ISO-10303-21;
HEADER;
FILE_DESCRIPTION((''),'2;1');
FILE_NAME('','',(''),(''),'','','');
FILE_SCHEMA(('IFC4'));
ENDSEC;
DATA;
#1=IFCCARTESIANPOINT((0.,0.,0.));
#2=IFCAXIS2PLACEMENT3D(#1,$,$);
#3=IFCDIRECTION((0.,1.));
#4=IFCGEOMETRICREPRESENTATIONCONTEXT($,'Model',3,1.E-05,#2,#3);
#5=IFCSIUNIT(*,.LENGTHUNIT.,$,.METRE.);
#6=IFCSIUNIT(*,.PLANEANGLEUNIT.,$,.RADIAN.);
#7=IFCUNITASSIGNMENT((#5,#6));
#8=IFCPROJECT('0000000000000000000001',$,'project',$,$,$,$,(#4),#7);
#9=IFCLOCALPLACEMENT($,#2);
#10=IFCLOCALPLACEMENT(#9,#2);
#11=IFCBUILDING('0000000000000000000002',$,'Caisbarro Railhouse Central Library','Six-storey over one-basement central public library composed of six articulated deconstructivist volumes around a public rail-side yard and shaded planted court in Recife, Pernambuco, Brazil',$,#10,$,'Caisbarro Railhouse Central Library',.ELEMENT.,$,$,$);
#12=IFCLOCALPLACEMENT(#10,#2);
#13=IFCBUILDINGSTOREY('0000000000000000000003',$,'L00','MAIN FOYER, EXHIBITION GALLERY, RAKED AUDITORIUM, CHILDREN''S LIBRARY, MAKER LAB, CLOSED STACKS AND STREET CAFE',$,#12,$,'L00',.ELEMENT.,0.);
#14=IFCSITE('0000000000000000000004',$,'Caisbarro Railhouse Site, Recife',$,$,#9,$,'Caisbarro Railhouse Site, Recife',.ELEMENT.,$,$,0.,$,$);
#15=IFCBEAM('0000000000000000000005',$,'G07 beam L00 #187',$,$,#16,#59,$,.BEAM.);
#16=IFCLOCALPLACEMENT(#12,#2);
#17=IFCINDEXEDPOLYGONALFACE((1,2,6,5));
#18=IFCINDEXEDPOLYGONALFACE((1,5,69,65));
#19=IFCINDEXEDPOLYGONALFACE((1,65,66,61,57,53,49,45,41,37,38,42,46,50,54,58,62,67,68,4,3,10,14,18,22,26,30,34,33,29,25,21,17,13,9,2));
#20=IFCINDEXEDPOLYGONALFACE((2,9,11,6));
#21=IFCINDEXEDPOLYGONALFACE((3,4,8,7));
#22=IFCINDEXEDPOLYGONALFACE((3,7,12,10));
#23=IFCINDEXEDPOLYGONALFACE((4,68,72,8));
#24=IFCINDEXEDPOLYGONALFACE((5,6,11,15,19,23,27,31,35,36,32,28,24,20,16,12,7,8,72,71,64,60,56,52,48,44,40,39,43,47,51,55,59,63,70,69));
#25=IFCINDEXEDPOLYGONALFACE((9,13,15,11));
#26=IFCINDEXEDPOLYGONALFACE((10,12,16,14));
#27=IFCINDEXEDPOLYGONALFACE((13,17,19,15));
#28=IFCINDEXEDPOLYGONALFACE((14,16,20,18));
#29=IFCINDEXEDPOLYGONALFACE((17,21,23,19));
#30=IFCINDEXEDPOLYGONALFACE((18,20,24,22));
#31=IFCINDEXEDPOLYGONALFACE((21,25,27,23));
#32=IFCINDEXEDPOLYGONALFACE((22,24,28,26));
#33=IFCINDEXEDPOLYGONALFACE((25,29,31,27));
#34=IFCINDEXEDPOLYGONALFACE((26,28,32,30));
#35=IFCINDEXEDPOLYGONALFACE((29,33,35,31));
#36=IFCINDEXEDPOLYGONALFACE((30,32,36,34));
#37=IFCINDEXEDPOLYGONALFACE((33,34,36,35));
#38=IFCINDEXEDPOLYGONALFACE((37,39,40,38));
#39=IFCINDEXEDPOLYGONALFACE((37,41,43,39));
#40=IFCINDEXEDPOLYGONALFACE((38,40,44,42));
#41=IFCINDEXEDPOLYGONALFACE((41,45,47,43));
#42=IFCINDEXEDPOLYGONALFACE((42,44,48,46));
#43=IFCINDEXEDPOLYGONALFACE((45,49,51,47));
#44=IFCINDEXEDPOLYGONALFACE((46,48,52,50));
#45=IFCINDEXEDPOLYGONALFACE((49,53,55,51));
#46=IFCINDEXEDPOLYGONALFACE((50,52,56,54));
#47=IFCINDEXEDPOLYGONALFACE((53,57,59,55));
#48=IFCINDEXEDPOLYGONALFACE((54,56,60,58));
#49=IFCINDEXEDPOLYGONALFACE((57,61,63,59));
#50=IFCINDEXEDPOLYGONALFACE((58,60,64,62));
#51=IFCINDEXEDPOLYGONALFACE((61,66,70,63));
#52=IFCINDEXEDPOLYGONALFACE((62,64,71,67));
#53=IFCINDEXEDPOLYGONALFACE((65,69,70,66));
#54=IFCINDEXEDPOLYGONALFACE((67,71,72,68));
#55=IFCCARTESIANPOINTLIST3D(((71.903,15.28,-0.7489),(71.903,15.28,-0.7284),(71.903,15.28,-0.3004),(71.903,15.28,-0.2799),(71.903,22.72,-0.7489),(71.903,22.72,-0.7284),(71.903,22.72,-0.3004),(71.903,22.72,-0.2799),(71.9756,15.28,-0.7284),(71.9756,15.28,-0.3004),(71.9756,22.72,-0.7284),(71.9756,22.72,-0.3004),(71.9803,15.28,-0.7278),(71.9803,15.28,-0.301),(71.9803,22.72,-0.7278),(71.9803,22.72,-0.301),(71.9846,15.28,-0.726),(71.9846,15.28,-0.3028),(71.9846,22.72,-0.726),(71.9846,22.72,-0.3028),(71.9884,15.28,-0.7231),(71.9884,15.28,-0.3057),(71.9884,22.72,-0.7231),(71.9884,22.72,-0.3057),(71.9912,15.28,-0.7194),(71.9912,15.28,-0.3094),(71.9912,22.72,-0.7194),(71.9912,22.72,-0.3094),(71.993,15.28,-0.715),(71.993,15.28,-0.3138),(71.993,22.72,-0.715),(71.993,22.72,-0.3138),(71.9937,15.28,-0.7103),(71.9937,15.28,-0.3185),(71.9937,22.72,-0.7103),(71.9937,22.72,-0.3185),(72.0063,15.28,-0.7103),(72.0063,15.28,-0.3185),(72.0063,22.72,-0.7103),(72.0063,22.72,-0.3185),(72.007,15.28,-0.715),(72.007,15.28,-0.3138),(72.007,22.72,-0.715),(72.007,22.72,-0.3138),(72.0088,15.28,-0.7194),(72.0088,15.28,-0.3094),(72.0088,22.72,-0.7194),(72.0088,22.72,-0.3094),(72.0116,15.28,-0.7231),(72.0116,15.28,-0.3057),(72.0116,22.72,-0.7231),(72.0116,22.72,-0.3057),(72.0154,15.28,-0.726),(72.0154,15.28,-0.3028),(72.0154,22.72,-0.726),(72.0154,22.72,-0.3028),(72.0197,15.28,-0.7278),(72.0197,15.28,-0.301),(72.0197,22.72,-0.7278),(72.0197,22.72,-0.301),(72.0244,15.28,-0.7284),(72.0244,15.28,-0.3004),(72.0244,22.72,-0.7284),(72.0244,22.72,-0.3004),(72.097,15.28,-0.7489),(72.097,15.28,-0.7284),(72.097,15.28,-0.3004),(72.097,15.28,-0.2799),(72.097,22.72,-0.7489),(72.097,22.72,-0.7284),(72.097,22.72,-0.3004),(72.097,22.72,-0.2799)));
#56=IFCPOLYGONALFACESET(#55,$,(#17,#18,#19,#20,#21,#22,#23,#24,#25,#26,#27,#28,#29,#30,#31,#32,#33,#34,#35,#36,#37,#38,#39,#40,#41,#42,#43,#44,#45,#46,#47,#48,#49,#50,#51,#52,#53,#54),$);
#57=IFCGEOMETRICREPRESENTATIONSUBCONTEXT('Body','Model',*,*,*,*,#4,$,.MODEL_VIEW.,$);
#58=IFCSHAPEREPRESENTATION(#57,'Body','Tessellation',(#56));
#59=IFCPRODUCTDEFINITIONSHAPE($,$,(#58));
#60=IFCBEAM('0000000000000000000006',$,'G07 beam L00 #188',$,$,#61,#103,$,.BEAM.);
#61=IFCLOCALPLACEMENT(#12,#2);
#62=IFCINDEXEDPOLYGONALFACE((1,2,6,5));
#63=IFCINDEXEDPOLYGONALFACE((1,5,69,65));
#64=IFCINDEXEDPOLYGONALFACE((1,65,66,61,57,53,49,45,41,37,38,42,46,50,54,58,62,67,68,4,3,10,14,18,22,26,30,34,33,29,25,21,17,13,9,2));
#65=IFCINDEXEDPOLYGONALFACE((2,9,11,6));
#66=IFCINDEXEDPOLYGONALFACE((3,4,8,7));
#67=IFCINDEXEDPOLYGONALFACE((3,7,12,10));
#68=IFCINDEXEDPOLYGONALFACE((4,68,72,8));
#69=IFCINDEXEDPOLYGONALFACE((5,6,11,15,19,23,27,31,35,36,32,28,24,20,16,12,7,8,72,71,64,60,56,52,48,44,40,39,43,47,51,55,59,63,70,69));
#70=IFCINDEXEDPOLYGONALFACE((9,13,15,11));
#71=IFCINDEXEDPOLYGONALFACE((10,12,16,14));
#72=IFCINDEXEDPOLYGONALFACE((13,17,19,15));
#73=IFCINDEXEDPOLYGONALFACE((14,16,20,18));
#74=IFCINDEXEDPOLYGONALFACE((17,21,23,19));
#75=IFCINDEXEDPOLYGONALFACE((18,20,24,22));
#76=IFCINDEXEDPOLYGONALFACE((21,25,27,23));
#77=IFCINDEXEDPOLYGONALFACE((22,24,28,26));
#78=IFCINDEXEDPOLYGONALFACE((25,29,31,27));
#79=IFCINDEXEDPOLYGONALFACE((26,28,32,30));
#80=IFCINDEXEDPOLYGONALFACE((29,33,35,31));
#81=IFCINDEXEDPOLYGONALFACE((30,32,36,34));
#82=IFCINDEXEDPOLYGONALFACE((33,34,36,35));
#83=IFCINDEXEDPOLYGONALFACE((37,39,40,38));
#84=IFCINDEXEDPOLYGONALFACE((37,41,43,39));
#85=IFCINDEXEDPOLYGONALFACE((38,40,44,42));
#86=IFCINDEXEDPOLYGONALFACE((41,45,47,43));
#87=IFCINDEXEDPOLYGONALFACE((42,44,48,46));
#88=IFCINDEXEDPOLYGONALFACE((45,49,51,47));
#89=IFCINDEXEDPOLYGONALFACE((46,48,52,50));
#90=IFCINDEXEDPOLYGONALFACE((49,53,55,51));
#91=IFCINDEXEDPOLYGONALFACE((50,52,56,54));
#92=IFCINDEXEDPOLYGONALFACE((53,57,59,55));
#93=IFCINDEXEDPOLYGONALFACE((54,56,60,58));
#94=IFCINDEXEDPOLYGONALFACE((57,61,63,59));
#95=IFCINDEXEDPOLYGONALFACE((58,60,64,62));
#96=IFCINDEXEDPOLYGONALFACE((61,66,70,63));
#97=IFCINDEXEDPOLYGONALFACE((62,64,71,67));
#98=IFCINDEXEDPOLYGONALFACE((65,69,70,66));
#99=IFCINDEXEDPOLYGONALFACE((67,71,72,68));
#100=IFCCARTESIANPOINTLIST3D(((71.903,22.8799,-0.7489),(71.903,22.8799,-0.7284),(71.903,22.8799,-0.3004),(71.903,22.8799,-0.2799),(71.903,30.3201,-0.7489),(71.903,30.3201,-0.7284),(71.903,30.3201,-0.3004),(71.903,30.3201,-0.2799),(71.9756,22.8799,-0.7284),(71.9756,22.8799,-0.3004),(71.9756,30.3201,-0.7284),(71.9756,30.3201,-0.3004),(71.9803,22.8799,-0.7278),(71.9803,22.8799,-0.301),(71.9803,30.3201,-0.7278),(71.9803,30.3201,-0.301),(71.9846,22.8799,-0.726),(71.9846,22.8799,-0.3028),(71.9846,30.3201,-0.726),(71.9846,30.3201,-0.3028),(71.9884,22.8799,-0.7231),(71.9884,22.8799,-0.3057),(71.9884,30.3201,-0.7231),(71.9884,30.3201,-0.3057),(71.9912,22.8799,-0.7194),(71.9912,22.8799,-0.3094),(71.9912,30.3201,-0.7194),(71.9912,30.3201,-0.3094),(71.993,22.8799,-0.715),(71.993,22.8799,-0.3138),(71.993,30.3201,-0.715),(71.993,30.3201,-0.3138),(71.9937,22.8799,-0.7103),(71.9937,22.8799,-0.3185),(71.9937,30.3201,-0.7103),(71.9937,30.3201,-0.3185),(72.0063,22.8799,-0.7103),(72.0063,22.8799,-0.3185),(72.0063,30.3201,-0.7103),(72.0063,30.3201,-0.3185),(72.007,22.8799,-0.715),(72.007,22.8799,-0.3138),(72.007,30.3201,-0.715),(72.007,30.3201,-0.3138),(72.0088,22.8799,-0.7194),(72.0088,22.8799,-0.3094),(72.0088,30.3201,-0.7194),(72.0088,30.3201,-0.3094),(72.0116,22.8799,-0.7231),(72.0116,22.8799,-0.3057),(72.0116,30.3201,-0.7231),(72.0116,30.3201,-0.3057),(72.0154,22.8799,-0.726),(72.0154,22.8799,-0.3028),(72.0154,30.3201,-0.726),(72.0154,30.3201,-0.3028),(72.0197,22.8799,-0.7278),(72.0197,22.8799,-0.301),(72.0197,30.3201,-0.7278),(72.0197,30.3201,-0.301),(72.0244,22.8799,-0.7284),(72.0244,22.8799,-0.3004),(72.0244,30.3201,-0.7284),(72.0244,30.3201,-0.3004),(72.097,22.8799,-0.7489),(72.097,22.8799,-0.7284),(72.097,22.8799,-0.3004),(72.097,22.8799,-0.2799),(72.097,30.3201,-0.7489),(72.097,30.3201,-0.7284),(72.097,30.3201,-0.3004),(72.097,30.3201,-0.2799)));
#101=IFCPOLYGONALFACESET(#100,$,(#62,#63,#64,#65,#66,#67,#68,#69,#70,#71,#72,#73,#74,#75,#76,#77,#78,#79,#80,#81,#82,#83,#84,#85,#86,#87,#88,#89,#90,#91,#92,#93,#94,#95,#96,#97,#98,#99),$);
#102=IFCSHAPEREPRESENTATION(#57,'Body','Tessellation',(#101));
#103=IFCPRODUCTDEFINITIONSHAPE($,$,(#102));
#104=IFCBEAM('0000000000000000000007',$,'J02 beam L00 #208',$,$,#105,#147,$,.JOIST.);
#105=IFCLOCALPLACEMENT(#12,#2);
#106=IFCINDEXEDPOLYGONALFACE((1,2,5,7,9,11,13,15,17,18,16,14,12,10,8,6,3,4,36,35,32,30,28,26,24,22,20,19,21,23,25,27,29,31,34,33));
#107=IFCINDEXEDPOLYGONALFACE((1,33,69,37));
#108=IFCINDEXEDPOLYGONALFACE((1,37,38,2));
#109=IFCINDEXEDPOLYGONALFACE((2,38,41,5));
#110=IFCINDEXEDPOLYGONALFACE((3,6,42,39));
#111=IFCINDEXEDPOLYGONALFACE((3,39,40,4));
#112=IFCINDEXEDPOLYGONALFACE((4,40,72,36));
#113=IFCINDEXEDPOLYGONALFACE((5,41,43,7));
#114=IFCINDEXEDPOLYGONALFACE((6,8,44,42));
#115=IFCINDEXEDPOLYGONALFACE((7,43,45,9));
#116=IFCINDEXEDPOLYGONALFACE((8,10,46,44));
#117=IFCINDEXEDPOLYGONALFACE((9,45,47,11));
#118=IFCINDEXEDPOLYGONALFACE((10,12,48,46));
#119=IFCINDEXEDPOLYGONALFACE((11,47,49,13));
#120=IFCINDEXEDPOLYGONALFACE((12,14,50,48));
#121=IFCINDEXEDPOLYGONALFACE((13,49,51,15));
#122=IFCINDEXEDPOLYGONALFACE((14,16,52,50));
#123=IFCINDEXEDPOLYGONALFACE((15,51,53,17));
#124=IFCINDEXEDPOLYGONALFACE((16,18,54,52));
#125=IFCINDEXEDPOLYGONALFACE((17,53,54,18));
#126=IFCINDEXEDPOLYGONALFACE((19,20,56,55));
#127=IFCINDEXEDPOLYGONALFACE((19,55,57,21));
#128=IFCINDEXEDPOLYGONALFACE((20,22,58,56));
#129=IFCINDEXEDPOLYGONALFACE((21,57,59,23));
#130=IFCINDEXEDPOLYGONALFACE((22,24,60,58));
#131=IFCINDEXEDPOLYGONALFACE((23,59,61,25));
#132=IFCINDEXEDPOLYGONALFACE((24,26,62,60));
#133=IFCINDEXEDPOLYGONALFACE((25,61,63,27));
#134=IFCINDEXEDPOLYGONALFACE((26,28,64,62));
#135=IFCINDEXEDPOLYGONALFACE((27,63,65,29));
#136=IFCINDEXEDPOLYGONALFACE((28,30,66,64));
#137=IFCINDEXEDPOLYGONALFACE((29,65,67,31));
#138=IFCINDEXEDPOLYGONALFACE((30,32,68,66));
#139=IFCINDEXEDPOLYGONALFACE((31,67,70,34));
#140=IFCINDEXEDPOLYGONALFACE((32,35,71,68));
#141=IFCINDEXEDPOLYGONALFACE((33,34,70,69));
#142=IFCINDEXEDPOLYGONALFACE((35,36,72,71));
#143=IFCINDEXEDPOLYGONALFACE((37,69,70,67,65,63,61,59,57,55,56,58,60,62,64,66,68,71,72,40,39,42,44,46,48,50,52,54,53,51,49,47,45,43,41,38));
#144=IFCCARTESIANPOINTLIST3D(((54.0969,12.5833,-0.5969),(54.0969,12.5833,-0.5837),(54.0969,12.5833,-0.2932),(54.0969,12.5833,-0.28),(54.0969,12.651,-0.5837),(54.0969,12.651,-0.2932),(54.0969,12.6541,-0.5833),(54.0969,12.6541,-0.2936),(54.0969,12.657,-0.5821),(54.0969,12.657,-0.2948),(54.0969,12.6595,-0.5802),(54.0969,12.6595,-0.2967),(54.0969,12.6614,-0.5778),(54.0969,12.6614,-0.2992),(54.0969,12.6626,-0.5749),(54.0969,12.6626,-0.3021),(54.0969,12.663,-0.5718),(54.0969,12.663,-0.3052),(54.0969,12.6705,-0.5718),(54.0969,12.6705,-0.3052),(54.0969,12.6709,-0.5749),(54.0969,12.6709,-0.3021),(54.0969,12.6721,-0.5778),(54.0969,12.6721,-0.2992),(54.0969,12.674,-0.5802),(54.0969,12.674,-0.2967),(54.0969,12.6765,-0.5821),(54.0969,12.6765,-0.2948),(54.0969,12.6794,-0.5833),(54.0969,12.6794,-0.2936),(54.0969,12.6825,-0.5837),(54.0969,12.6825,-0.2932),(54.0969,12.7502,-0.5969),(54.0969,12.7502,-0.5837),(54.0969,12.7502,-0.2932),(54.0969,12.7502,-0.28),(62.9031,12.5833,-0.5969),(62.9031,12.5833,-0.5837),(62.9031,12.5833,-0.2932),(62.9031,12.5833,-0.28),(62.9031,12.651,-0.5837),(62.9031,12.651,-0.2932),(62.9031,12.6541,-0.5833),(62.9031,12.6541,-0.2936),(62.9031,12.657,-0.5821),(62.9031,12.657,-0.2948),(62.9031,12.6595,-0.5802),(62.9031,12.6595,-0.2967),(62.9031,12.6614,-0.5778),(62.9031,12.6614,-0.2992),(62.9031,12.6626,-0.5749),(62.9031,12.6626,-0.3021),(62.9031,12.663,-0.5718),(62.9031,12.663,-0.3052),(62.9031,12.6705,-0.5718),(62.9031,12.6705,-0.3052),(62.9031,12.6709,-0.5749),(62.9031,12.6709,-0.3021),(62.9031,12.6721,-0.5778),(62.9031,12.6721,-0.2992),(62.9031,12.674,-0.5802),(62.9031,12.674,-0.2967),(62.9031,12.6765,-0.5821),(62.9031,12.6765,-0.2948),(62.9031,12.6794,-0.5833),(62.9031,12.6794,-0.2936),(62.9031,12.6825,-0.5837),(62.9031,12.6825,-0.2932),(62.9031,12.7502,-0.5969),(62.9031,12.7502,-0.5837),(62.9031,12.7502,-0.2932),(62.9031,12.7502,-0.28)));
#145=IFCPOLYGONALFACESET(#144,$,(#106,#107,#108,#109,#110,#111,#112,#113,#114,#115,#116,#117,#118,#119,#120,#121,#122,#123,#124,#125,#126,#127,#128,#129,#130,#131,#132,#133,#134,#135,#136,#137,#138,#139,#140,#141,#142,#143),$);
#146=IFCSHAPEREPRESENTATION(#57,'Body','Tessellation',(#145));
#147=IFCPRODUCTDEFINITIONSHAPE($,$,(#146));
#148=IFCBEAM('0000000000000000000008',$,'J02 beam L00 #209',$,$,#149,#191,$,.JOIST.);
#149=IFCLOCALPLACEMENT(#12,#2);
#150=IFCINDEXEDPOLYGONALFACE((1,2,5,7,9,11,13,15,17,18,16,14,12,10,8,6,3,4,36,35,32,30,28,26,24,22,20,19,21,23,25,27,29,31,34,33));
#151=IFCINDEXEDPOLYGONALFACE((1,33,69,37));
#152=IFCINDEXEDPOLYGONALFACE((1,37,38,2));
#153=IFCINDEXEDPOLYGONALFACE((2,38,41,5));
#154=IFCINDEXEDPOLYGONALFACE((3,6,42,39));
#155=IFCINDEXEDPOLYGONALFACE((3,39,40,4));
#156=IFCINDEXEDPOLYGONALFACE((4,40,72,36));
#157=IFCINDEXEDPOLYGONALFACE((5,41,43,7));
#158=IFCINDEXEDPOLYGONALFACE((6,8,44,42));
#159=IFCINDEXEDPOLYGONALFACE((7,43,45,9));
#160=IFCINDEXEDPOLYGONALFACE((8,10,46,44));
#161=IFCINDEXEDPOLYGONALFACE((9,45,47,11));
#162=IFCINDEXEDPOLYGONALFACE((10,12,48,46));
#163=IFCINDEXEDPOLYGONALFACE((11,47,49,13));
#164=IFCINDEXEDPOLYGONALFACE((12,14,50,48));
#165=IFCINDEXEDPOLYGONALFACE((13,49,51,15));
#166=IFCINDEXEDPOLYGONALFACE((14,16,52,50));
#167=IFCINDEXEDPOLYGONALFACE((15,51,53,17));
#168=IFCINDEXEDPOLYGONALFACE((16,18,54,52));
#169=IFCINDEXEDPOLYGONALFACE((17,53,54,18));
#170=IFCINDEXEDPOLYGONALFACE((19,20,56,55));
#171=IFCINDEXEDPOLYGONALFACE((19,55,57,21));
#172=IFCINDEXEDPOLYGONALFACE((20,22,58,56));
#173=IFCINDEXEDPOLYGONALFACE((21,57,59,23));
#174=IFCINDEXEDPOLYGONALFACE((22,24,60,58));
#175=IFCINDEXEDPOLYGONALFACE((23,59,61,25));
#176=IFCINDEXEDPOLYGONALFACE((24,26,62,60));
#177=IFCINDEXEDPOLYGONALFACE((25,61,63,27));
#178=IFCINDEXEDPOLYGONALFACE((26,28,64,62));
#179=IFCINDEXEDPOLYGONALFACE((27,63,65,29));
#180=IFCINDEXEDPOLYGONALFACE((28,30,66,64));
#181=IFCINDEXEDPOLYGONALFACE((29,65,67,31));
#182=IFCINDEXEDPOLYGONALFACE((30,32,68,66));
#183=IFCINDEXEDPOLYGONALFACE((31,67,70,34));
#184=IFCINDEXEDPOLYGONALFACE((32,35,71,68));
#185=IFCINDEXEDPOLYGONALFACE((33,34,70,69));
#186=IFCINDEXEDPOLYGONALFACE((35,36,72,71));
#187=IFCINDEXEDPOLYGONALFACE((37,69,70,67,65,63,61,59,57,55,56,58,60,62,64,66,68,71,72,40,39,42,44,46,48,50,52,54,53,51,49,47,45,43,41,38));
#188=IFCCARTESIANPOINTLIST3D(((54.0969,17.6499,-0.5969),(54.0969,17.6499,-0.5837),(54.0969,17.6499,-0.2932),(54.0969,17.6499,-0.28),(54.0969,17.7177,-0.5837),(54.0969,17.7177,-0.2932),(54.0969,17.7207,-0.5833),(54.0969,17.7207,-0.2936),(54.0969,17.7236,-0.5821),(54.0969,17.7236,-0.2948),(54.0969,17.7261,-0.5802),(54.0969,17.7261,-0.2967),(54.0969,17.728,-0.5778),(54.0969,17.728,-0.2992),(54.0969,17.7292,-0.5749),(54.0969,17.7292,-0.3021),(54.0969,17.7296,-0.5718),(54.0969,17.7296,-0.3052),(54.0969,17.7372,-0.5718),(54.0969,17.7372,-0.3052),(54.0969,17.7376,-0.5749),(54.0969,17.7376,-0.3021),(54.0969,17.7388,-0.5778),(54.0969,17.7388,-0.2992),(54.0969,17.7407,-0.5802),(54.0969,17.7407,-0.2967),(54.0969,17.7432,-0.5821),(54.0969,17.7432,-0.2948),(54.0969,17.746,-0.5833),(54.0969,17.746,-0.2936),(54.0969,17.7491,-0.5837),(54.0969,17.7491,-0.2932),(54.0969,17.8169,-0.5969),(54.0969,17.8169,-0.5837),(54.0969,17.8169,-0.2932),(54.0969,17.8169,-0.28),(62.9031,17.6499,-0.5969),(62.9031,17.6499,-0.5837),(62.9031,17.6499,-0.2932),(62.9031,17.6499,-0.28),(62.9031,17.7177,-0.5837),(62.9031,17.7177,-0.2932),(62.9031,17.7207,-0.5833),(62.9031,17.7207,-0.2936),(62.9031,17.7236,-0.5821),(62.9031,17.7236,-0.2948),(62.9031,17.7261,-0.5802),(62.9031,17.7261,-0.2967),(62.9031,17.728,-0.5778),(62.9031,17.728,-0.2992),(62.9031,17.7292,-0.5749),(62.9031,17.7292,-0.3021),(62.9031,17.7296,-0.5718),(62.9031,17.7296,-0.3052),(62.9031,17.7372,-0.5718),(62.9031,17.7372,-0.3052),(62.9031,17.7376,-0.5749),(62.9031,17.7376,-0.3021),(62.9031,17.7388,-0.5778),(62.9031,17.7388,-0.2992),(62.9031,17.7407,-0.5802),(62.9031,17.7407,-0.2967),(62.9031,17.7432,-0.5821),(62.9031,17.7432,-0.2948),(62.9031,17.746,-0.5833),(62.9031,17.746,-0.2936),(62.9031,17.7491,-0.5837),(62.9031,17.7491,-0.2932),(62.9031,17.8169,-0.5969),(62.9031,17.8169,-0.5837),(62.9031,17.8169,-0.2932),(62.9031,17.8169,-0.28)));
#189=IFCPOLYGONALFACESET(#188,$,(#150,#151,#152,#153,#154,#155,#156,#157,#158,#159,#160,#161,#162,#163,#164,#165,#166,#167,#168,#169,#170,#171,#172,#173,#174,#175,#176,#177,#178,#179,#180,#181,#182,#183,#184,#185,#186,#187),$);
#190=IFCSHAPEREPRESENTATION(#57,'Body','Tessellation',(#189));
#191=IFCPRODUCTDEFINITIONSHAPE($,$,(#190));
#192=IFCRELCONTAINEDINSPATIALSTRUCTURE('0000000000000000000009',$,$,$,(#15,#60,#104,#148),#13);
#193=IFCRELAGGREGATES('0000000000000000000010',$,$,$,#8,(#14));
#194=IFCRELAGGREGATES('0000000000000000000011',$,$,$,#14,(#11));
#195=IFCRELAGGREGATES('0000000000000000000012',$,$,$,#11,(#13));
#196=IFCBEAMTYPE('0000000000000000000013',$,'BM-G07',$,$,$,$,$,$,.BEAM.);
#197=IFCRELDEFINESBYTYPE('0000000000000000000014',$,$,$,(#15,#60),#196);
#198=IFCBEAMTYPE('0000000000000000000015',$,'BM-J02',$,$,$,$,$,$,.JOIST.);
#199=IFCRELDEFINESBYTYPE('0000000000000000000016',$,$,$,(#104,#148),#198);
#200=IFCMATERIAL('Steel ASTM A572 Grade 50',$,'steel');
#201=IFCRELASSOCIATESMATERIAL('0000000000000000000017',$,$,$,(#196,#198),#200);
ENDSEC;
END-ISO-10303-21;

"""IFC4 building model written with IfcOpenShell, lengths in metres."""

from ifc_helpers import new_model, si_unit, direction, frame, origin, origin_2d, place, context, subcontext, project, spatial, i_section, extrude, material, material_profile, profile_set, type_object, element, save


model = new_model("IFC4")

# Units and contexts
model_context = context("Model", 3, precision=1e-05, world=origin(), true_north=direction((0.0, 1.0)))
body_context = subcontext(model_context, "Body", "Model", "MODEL_VIEW")
ifc_project = project(units=[si_unit("LENGTHUNIT", "METRE"), si_unit("PLANEANGLEUNIT", "RADIAN")], contexts=[model_context])

# Site, building, storey
site_placement = place(None, origin())
site = spatial("IfcSite", under=ifc_project, at=site_placement, Name="Caisbarro Railhouse Site, Recife", LongName="Caisbarro Railhouse Site, Recife", CompositionType="ELEMENT", RefElevation=0.0)
building_placement = place(site_placement, origin())
building = spatial("IfcBuilding", under=site, at=building_placement, Name="Caisbarro Railhouse Central Library", Description="Six-storey over one-basement central public library composed of six articulated deconstructivist volumes around a public rail-side yard and shaded planted court in Recife, Pernambuco, Brazil", LongName="Caisbarro Railhouse Central Library", CompositionType="ELEMENT")
storey_placement = place(building_placement, origin())
storey = spatial("IfcBuildingStorey", under=building, at=storey_placement, Name="L00", Description="MAIN FOYER, EXHIBITION GALLERY, RAKED AUDITORIUM, CHILDREN'S LIBRARY, MAKER LAB, CLOSED STACKS AND STREET CAFE", LongName="L00", CompositionType="ELEMENT", Elevation=0.0)

# Shared definitions
ifc_material_1 = material(Name="Steel ASTM A572 Grade 50", Category="steel")

# Beams
ifc_material_profile_1 = material_profile(ifc_material_1, i_section(OverallWidth=0.1941, OverallDepth=0.469, WebThickness=0.0127, FlangeThickness=0.0205, FilletRadius=0.0181, at=origin_2d()), Name="W460X106.0")
ifc_profile_set_1 = profile_set([ifc_material_profile_1], Name="Steel ASTM A572 Grade 50")
beam_type_1 = type_object("IfcBeamType", Name="BM-G07", PredefinedType="BEAM", material=ifc_profile_set_1)
beam_1_placement = place(storey_placement, frame((72.0, 15.28, -0.5144), z_axis=(0.0, 1.0, 0.0), x_axis=(-1.0, 0.0, 0.0)))
element("IfcBeam", 1, at=beam_1_placement, inside=storey, type_object=beam_type_1, Name="G07 beam L00 #187", PredefinedType="BEAM", context=body_context, shape_type="SweptSolid", body=[
    extrude(i_section(OverallWidth=0.1941, OverallDepth=0.469, WebThickness=0.0127, FlangeThickness=0.0205, FilletRadius=0.0181, at=origin_2d()), origin(), (0.0, 0.0, 1.0), 7.4399),
])
beam_2_placement = place(storey_placement, frame((72.0, 22.8799, -0.5144), z_axis=(0.0, 1.0, 0.0), x_axis=(-1.0, 0.0, 0.0)))
element("IfcBeam", 2, at=beam_2_placement, inside=storey, type_object=beam_type_1, Name="G07 beam L00 #188", PredefinedType="BEAM", context=body_context, shape_type="SweptSolid", body=[
    extrude(i_section(OverallWidth=0.1941, OverallDepth=0.469, WebThickness=0.0127, FlangeThickness=0.0205, FilletRadius=0.0181, at=origin_2d()), origin(), (0.0, 0.0, 1.0), 7.4402),
])
ifc_material_profile_2 = material_profile(ifc_material_1, i_section(OverallWidth=0.167, OverallDepth=0.3169, WebThickness=0.0076, FlangeThickness=0.0132, FilletRadius=0.012, at=origin_2d()), Name="W310X52.0")
ifc_profile_set_2 = profile_set([ifc_material_profile_2], Name="Steel ASTM A572 Grade 50")
beam_type_2 = type_object("IfcBeamType", Name="BM-J02", PredefinedType="JOIST", material=ifc_profile_set_2)
for number, where, z_axis, x_axis, name in (
    (3, (54.0969, 12.6667, -0.4385), (1.0, 0.0, 0.0), (0.0, 1.0, 0.0), "J02 beam L00 #208"),
    (4, (54.0969, 17.7334, -0.4385), (1.0, 0.0, 0.0), (0.0, 1.0, 0.0), "J02 beam L00 #209"),
):
    element("IfcBeam", number, at=place(storey_placement, frame(where, z_axis=z_axis, x_axis=x_axis)), inside=storey, type_object=beam_type_2, Name=name, PredefinedType="JOIST", context=body_context, shape_type="SweptSolid", body=[
        extrude(i_section(OverallWidth=0.167, OverallDepth=0.3169, WebThickness=0.0076, FlangeThickness=0.0132, FilletRadius=0.012, at=origin_2d()), origin(), (0.0, 0.0, 1.0), 8.8062),
    ])

save(model, "model.ifc")
